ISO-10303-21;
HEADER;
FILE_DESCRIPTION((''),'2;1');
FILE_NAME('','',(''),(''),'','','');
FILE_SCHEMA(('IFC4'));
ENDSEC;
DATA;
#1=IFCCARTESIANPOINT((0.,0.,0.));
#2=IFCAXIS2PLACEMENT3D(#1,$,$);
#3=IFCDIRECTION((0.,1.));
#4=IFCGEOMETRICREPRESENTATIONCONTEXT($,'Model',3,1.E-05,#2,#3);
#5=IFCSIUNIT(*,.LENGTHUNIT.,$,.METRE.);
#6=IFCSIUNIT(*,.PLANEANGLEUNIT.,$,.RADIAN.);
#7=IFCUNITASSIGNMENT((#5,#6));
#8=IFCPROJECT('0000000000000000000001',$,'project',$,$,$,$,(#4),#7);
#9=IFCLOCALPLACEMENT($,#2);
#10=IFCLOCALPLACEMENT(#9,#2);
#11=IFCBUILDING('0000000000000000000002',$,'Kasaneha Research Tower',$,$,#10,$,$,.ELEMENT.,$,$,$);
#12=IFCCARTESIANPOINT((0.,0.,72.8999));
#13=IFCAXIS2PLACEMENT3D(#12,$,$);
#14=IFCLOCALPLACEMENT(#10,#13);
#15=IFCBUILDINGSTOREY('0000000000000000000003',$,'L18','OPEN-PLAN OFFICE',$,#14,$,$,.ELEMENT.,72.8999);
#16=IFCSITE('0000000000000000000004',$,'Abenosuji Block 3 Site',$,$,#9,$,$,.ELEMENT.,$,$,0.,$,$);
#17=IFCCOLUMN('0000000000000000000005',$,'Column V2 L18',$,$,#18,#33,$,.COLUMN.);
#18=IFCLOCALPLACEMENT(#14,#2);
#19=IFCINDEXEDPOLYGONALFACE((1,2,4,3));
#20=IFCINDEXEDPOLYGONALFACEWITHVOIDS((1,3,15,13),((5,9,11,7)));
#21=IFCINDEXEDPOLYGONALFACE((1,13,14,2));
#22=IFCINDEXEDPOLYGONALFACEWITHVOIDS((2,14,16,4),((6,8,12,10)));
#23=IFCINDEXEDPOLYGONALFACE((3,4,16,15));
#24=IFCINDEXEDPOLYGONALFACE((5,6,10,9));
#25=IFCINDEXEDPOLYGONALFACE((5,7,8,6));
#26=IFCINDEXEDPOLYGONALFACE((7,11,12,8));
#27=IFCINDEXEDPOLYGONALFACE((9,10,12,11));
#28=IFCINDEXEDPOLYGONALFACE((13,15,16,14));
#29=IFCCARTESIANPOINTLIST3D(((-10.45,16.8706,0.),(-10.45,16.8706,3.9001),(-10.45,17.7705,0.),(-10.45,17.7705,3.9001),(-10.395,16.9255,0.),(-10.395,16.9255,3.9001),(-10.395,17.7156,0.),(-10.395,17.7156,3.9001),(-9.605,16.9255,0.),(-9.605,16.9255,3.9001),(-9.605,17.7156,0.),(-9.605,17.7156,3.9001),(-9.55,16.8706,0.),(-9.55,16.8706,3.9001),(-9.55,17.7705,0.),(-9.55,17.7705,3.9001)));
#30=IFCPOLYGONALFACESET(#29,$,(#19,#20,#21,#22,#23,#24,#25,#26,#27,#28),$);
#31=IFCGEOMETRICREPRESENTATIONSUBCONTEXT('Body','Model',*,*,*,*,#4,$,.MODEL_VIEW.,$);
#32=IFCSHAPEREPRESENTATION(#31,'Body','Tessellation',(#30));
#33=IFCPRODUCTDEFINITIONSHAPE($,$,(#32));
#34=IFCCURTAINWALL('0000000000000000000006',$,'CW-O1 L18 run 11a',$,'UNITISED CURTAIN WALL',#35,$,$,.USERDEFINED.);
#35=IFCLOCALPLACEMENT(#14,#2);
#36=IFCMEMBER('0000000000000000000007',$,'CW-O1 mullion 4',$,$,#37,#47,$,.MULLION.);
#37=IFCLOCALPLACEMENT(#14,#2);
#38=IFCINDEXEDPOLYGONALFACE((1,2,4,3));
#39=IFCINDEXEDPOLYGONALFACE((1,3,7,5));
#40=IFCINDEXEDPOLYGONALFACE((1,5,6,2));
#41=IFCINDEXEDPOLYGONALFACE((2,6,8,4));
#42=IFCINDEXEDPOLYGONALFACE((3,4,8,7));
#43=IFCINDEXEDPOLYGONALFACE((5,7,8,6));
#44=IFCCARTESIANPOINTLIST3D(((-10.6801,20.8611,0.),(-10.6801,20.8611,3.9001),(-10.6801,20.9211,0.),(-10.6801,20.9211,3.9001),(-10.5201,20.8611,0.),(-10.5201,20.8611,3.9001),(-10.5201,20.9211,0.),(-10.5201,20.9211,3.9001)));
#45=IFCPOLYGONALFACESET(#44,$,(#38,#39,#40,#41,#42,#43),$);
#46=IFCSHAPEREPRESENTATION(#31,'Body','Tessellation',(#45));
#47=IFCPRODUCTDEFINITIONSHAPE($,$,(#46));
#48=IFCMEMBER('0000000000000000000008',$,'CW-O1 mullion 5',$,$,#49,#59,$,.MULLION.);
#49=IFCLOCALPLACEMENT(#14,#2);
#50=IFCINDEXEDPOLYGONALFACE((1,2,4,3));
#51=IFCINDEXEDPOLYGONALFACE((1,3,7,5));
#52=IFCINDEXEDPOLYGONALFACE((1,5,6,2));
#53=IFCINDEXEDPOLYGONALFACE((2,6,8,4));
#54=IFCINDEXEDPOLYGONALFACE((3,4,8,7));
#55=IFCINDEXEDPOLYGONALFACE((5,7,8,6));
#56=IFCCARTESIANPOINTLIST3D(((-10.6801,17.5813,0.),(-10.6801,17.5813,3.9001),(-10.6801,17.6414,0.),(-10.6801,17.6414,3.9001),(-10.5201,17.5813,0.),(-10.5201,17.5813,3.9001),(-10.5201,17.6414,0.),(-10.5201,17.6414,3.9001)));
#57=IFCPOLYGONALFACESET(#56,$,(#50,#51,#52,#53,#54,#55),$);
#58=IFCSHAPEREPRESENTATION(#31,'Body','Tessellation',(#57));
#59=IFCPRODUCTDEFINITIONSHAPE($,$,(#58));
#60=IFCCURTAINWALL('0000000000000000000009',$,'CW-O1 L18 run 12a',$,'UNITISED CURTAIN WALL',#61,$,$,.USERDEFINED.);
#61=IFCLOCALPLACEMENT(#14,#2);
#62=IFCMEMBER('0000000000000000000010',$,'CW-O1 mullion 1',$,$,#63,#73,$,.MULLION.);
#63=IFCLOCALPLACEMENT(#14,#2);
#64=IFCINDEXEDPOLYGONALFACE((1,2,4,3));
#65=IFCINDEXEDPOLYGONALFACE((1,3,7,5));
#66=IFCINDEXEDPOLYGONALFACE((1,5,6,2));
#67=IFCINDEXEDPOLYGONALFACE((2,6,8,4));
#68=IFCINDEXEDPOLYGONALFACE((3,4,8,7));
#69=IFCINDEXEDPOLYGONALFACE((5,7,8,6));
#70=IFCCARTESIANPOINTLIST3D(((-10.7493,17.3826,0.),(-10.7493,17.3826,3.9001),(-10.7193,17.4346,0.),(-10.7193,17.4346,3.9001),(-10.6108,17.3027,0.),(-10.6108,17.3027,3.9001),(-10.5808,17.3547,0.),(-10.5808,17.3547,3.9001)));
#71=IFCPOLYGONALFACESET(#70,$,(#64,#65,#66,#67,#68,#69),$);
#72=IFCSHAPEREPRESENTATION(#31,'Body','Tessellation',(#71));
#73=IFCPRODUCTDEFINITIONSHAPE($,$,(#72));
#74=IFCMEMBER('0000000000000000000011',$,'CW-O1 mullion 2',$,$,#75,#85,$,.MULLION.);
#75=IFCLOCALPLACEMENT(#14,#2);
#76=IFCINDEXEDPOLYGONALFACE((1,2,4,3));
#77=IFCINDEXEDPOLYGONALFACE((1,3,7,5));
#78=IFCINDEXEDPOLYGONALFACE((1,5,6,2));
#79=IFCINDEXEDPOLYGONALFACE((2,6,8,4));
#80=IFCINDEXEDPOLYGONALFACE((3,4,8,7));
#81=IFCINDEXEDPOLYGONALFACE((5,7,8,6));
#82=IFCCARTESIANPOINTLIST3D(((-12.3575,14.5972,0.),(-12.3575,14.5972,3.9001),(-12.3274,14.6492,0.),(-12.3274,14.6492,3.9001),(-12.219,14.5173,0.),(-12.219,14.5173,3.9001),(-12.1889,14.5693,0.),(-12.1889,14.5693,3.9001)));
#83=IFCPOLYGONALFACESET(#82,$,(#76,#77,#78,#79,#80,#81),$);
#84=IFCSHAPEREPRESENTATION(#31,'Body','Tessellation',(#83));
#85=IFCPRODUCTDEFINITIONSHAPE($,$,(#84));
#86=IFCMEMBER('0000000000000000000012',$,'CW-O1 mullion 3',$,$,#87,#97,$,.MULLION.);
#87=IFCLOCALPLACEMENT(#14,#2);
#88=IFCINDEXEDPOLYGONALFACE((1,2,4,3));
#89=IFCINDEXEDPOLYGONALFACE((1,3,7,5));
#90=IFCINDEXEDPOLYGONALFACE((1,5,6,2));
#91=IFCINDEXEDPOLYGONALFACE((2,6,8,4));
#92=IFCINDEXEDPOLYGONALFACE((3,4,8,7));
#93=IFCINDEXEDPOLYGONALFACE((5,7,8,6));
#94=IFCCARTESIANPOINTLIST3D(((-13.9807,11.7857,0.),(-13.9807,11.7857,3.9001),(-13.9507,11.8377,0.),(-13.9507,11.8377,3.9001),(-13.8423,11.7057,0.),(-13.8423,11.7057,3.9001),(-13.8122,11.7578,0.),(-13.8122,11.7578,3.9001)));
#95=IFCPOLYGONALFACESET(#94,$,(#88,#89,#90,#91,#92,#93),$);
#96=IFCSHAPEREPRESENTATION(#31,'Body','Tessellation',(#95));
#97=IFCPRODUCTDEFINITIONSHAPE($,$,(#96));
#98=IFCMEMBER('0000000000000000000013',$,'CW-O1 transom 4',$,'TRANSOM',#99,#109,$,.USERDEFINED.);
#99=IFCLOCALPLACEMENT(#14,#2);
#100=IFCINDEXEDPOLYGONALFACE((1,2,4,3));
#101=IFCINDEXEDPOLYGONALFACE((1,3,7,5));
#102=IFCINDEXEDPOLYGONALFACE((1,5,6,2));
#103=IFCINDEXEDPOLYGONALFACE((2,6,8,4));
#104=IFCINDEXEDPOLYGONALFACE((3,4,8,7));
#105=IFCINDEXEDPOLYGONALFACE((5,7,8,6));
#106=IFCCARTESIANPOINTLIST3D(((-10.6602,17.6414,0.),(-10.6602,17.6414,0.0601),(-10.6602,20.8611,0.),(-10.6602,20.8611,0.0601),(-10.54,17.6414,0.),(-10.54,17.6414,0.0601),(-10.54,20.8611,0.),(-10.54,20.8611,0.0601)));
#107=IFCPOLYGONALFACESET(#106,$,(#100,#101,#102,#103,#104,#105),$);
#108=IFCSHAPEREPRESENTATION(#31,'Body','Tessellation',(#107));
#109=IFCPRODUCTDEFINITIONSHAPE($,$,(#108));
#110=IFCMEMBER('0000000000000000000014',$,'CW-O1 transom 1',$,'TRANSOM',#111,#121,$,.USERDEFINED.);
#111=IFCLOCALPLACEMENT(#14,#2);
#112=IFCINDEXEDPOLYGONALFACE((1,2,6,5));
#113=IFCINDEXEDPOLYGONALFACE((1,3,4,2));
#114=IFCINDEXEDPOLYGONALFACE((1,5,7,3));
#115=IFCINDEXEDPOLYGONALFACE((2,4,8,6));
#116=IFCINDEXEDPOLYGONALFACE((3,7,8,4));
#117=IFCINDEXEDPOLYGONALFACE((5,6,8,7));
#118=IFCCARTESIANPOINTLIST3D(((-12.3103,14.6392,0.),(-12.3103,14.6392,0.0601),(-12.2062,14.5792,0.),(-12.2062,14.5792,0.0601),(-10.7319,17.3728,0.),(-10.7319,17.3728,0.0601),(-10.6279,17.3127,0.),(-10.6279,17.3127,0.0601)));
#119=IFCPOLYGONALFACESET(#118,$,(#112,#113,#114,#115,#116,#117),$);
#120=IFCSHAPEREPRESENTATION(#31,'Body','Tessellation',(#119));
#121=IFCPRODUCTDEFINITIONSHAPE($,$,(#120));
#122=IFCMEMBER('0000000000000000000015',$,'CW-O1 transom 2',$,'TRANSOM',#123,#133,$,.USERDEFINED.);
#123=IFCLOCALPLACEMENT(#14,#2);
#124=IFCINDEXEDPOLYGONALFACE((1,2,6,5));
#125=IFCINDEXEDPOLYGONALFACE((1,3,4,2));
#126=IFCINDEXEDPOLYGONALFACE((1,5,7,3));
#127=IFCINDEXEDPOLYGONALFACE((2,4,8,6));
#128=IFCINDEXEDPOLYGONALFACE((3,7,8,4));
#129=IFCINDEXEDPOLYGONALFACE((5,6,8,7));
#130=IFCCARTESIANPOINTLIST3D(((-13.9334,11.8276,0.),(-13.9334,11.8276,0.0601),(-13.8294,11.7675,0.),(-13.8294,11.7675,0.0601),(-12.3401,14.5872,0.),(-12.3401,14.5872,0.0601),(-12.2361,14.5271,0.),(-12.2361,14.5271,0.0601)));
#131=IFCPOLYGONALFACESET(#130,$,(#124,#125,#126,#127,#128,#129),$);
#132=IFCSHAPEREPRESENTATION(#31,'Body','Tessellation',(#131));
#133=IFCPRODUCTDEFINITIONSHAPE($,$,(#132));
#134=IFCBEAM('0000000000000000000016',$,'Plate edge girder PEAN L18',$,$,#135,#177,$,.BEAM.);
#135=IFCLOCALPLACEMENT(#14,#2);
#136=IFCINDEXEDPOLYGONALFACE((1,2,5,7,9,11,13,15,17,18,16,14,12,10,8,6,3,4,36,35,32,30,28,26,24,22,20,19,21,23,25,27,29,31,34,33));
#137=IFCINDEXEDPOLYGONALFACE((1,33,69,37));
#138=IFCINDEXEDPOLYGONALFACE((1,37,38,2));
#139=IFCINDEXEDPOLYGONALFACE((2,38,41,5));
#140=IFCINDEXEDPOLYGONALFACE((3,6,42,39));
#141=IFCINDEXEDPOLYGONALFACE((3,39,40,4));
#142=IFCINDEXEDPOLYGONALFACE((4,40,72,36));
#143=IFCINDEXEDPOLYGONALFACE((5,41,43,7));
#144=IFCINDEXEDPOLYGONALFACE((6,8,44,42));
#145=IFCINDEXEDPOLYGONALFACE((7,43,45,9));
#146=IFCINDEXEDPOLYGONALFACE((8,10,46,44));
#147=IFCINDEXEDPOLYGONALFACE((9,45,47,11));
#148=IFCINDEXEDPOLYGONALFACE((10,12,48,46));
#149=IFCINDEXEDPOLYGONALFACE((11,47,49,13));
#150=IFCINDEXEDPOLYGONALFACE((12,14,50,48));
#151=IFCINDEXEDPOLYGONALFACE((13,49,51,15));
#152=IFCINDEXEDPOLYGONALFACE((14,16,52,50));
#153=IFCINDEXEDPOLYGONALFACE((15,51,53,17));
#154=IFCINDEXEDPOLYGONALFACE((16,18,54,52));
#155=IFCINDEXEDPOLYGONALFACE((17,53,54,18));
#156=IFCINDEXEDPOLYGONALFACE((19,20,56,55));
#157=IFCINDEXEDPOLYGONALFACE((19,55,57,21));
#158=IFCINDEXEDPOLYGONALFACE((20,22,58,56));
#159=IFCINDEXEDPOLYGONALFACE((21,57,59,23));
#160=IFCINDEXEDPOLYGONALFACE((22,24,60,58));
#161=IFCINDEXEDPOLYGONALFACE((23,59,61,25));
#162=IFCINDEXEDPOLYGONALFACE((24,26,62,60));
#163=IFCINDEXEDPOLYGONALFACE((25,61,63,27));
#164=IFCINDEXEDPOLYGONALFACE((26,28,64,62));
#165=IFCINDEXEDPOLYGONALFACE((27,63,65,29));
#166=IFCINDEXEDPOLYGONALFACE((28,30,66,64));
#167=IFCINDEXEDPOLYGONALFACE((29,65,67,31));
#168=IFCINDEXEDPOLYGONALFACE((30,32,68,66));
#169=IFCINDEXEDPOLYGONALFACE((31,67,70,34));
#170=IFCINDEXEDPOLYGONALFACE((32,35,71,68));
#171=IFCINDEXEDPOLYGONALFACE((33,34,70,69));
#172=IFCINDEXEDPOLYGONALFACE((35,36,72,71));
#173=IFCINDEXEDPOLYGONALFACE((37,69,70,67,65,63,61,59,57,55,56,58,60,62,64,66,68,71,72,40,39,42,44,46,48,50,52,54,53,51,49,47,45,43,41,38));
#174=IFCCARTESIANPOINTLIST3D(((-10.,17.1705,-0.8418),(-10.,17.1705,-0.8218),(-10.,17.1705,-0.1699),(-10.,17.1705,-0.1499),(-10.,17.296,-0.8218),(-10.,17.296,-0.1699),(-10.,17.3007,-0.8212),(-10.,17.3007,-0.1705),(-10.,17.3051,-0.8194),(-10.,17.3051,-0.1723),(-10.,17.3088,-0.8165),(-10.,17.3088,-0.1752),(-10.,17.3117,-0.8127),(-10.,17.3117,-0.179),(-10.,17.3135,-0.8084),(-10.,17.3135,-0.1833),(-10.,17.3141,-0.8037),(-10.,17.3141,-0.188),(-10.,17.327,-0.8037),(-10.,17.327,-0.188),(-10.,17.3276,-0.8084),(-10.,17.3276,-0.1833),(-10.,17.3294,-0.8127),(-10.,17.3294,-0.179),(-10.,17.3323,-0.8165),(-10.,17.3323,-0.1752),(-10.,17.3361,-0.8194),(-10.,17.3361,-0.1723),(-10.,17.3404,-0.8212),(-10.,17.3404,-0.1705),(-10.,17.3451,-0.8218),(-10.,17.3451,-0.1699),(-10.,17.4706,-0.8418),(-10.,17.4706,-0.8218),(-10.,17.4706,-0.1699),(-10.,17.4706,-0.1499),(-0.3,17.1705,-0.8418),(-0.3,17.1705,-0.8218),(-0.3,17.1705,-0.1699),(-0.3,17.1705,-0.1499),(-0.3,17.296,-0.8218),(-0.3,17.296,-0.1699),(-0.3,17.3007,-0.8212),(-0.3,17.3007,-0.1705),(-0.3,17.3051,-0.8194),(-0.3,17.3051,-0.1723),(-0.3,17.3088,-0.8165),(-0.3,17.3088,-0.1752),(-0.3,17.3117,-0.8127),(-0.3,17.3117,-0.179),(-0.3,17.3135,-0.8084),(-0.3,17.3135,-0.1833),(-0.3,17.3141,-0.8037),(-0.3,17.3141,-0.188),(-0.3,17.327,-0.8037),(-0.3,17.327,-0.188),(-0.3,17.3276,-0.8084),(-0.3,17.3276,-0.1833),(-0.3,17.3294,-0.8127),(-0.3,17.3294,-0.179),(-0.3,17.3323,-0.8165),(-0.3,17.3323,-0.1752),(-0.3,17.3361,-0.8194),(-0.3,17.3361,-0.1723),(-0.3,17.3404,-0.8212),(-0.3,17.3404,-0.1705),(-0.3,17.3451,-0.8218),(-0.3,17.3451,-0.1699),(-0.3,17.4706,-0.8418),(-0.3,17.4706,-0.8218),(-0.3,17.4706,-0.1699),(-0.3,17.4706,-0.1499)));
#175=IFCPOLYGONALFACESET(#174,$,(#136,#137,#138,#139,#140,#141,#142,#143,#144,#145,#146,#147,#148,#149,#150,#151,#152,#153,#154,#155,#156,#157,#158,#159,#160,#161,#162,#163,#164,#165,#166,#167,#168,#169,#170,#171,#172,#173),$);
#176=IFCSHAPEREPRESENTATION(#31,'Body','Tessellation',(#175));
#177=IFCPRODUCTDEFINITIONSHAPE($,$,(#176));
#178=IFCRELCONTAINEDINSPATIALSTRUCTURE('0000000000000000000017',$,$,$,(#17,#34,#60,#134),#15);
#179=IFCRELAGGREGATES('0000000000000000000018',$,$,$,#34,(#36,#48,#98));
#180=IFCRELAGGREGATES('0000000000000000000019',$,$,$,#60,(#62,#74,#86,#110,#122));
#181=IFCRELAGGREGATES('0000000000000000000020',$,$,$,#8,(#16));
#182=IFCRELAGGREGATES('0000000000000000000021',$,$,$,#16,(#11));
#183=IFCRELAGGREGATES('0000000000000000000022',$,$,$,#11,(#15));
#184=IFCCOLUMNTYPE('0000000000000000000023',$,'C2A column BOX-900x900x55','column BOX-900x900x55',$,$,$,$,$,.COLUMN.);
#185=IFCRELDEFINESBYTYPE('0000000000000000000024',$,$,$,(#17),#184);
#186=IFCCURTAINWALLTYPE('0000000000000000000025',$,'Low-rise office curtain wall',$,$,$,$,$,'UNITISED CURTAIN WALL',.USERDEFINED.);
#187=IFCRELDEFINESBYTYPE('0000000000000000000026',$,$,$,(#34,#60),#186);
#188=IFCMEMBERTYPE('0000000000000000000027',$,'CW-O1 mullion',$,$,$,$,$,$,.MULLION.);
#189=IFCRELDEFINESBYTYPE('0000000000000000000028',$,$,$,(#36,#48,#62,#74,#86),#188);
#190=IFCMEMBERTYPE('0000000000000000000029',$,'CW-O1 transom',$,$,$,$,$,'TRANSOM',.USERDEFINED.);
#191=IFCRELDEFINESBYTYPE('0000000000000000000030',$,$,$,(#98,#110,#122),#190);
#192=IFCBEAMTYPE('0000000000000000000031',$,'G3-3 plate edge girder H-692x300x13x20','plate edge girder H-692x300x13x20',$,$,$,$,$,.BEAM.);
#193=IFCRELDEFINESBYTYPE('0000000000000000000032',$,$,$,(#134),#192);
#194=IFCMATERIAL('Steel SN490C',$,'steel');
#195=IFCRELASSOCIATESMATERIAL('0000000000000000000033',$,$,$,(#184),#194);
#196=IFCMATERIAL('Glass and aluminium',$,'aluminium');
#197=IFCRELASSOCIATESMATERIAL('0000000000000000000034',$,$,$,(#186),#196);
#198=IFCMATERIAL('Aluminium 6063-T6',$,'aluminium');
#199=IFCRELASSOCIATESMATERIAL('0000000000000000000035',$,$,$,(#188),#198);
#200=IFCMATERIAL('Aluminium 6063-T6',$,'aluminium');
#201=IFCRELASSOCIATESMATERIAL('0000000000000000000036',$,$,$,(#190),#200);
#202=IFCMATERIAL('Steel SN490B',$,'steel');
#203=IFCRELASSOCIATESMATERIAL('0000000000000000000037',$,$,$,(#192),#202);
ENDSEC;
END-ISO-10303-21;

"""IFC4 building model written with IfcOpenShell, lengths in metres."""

from ifc_helpers import new_model, si_unit, direction, frame, origin, origin_2d, place, context, subcontext, project, spatial, rectangle, hollow_rectangle, i_section, extrude, material, material_profile, profile_set, type_object, element, aggregate, save


model = new_model("IFC4")

# Units and contexts
model_context = context("Model", 3, precision=1e-05, world=origin(), true_north=direction((0.0, 1.0)))
body_context = subcontext(model_context, "Body", "Model", "MODEL_VIEW")
ifc_project = project(units=[si_unit("LENGTHUNIT", "METRE"), si_unit("PLANEANGLEUNIT", "RADIAN")], contexts=[model_context])

# Site, building, storey
site_placement = place(None, origin())
site = spatial("IfcSite", under=ifc_project, at=site_placement, Name="Abenosuji Block 3 Site", CompositionType="ELEMENT", RefElevation=0.0)
building_placement = place(site_placement, origin())
building = spatial("IfcBuilding", under=site, at=building_placement, Name="Kasaneha Research Tower", CompositionType="ELEMENT")
storey_placement = place(building_placement, frame((0.0, 0.0, 72.8999)))
storey = spatial("IfcBuildingStorey", under=building, at=storey_placement, Name="L18", Description="OPEN-PLAN OFFICE", CompositionType="ELEMENT", Elevation=72.8999)

# Column
ifc_material_1 = material(Name="Steel SN490C", Category="steel")
ifc_material_profile_1 = material_profile(ifc_material_1, hollow_rectangle(XDim=0.8999, YDim=0.8999, WallThickness=0.0549, at=origin_2d()), Name="BOX-900x900x55")
ifc_profile_set_1 = profile_set([ifc_material_profile_1], Name="Steel SN490C")
column_type = type_object("IfcColumnType", Name="C2A column BOX-900x900x55", Description="column BOX-900x900x55", PredefinedType="COLUMN", material=ifc_profile_set_1)
column_placement = place(storey_placement, frame((-10.0, 17.3206, 0.0), z_axis=(0.0, 0.0, 1.0), x_axis=(1.0, 0.0, 0.0)))
element("IfcColumn", 1, at=column_placement, inside=storey, type_object=column_type, Name="Column V2 L18", PredefinedType="COLUMN", context=body_context, shape_type="SweptSolid", body=[
    extrude(hollow_rectangle(XDim=0.8999, YDim=0.8999, WallThickness=0.0549, at=origin_2d()), origin(), (0.0, 0.0, 1.0), 3.9001),
])

# Curtain walls, members
ifc_material_2 = material(Name="Glass and aluminium", Category="aluminium")
curtain_wall_type = type_object("IfcCurtainWallType", Name="Low-rise office curtain wall", ElementType="UNITISED CURTAIN WALL", PredefinedType="USERDEFINED", material=ifc_material_2)
curtain_wall_1_placement = place(storey_placement, origin())
curtain_wall_1 = element("IfcCurtainWall", 2, at=curtain_wall_1_placement, inside=storey, type_object=curtain_wall_type, Name="CW-O1 L18 run 11a", ObjectType="UNITISED CURTAIN WALL", PredefinedType="USERDEFINED")
ifc_material_3 = material(Name="Aluminium 6063-T6", Category="aluminium")
ifc_material_profile_2 = material_profile(ifc_material_3, rectangle(XDim=0.0601, YDim=0.1599, at=origin_2d()), Name="CW-O1 mullion 60x160")
ifc_profile_set_2 = profile_set([ifc_material_profile_2], Name="Aluminium 6063-T6")
member_type_1 = type_object("IfcMemberType", Name="CW-O1 mullion", PredefinedType="MULLION", material=ifc_profile_set_2)
member_1_placement = place(storey_placement, frame((-10.6001, 20.8911, 0.0), z_axis=(0.0, 0.0, 1.0), x_axis=(0.0, -1.0, 0.0)))
member_1 = element("IfcMember", 3, at=member_1_placement, type_object=member_type_1, Name="CW-O1 mullion 4", PredefinedType="MULLION", context=body_context, shape_type="SweptSolid", body=[
    extrude(rectangle(XDim=0.0601, YDim=0.1599, at=origin_2d()), origin(), (0.0, 0.0, 1.0), 3.9001),
])
member_2_placement = place(storey_placement, frame((-10.6001, 17.6113, 0.0), z_axis=(0.0, 0.0, 1.0), x_axis=(0.0, -1.0, 0.0)))
member_2 = element("IfcMember", 4, at=member_2_placement, type_object=member_type_1, Name="CW-O1 mullion 5", PredefinedType="MULLION", context=body_context, shape_type="SweptSolid", body=[
    extrude(rectangle(XDim=0.0601, YDim=0.1599, at=origin_2d()), origin(), (0.0, 0.0, 1.0), 3.9001),
])
curtain_wall_2_placement = place(storey_placement, origin())
curtain_wall_2 = element("IfcCurtainWall", 5, at=curtain_wall_2_placement, inside=storey, type_object=curtain_wall_type, Name="CW-O1 L18 run 12a", ObjectType="UNITISED CURTAIN WALL", PredefinedType="USERDEFINED")
member_3_placement = place(storey_placement, frame((-10.665, 17.3687, 0.0), z_axis=(0.0, 0.0, 1.0), x_axis=(-0.5, -0.866025, 0.0)))
member_3 = element("IfcMember", 6, at=member_3_placement, type_object=member_type_1, Name="CW-O1 mullion 1", PredefinedType="MULLION", context=body_context, shape_type="SweptSolid", body=[
    extrude(rectangle(XDim=0.0601, YDim=0.1599, at=origin_2d()), origin(), (0.0, 0.0, 1.0), 3.9001),
])
member_4_placement = place(storey_placement, frame((-12.2732, 14.5833, 0.0), z_axis=(0.0, 0.0, 1.0), x_axis=(-0.5, -0.866025, 0.0)))
member_4 = element("IfcMember", 7, at=member_4_placement, type_object=member_type_1, Name="CW-O1 mullion 2", PredefinedType="MULLION", context=body_context, shape_type="SweptSolid", body=[
    extrude(rectangle(XDim=0.0601, YDim=0.1599, at=origin_2d()), origin(), (0.0, 0.0, 1.0), 3.9001),
])
member_5_placement = place(storey_placement, frame((-13.8965, 11.7717, 0.0), z_axis=(0.0, 0.0, 1.0), x_axis=(-0.5, -0.866025, 0.0)))
member_5 = element("IfcMember", 8, at=member_5_placement, type_object=member_type_1, Name="CW-O1 mullion 3", PredefinedType="MULLION", context=body_context, shape_type="SweptSolid", body=[
    extrude(rectangle(XDim=0.0601, YDim=0.1599, at=origin_2d()), origin(), (0.0, 0.0, 1.0), 3.9001),
])

# Members
ifc_material_4 = material(Name="Aluminium 6063-T6", Category="aluminium")
ifc_material_profile_3 = material_profile(ifc_material_4, rectangle(XDim=0.1201, YDim=0.0601, at=origin_2d()), Name="CW-O1 transom 120x60")
ifc_profile_set_3 = profile_set([ifc_material_profile_3], Name="Aluminium 6063-T6")
member_type_2 = type_object("IfcMemberType", Name="CW-O1 transom", ElementType="TRANSOM", PredefinedType="USERDEFINED", material=ifc_profile_set_3)
member_6_placement = place(storey_placement, frame((-10.6001, 20.8611, 0.03), z_axis=(0.0, -1.0, 0.0), x_axis=(1.0, 0.0, 0.0)))
member_6 = element("IfcMember", 9, at=member_6_placement, type_object=member_type_2, Name="CW-O1 transom 4", ObjectType="TRANSOM", PredefinedType="USERDEFINED", context=body_context, shape_type="SweptSolid", body=[
    extrude(rectangle(XDim=0.1201, YDim=0.0601, at=origin_2d()), origin(), (0.0, 0.0, 1.0), 3.2197),
])
member_7_placement = place(storey_placement, frame((-10.6799, 17.3428, 0.03), z_axis=(-0.500024, -0.866012, 0.0), x_axis=(0.866012, -0.500024, 0.0)))
member_7 = element("IfcMember", 10, at=member_7_placement, type_object=member_type_2, Name="CW-O1 transom 1", ObjectType="TRANSOM", PredefinedType="USERDEFINED", context=body_context, shape_type="SweptSolid", body=[
    extrude(rectangle(XDim=0.1201, YDim=0.0601, at=origin_2d()), origin(), (0.0, 0.0, 1.0), 3.1565),
])
member_8_placement = place(storey_placement, frame((-12.2881, 14.5571, 0.03), z_axis=(-0.500012, -0.866018, 0.0), x_axis=(0.866018, -0.500012, 0.0)))
member_8 = element("IfcMember", 11, at=member_8_placement, type_object=member_type_2, Name="CW-O1 transom 2", ObjectType="TRANSOM", PredefinedType="USERDEFINED", context=body_context, shape_type="SweptSolid", body=[
    extrude(rectangle(XDim=0.1201, YDim=0.0601, at=origin_2d()), origin(), (0.0, 0.0, 1.0), 3.1865),
])

# Beam
ifc_material_5 = material(Name="Steel SN490B", Category="steel")
ifc_material_profile_4 = material_profile(ifc_material_5, i_section(OverallWidth=0.3, OverallDepth=0.6919, WebThickness=0.0129, FlangeThickness=0.02, FilletRadius=0.0181, at=origin_2d()), Name="H-692x300x13x20")
ifc_profile_set_4 = profile_set([ifc_material_profile_4], Name="Steel SN490B")
beam_type_1 = type_object("IfcBeamType", Name="G3-3 plate edge girder H-692x300x13x20", Description="plate edge girder H-692x300x13x20", PredefinedType="BEAM", material=ifc_profile_set_4)
beam_1_placement = place(storey_placement, frame((-10.0, 17.3206, -0.4958), z_axis=(1.0, 0.0, 0.0), x_axis=(0.0, 1.0, 0.0)))
element("IfcBeam", 12, at=beam_1_placement, inside=storey, type_object=beam_type_1, Name="Plate edge girder PEAN L18", PredefinedType="BEAM", context=body_context, shape_type="SweptSolid", body=[
    extrude(i_section(OverallWidth=0.3, OverallDepth=0.6919, WebThickness=0.0129, FlangeThickness=0.02, FilletRadius=0.0181, at=origin_2d()), origin(), (0.0, 0.0, 1.0), 9.7),
])

aggregate(curtain_wall_1, [member_1, member_2, member_6])
aggregate(curtain_wall_2, [member_3, member_4, member_5, member_7, member_8])

save(model, "model.ifc")
